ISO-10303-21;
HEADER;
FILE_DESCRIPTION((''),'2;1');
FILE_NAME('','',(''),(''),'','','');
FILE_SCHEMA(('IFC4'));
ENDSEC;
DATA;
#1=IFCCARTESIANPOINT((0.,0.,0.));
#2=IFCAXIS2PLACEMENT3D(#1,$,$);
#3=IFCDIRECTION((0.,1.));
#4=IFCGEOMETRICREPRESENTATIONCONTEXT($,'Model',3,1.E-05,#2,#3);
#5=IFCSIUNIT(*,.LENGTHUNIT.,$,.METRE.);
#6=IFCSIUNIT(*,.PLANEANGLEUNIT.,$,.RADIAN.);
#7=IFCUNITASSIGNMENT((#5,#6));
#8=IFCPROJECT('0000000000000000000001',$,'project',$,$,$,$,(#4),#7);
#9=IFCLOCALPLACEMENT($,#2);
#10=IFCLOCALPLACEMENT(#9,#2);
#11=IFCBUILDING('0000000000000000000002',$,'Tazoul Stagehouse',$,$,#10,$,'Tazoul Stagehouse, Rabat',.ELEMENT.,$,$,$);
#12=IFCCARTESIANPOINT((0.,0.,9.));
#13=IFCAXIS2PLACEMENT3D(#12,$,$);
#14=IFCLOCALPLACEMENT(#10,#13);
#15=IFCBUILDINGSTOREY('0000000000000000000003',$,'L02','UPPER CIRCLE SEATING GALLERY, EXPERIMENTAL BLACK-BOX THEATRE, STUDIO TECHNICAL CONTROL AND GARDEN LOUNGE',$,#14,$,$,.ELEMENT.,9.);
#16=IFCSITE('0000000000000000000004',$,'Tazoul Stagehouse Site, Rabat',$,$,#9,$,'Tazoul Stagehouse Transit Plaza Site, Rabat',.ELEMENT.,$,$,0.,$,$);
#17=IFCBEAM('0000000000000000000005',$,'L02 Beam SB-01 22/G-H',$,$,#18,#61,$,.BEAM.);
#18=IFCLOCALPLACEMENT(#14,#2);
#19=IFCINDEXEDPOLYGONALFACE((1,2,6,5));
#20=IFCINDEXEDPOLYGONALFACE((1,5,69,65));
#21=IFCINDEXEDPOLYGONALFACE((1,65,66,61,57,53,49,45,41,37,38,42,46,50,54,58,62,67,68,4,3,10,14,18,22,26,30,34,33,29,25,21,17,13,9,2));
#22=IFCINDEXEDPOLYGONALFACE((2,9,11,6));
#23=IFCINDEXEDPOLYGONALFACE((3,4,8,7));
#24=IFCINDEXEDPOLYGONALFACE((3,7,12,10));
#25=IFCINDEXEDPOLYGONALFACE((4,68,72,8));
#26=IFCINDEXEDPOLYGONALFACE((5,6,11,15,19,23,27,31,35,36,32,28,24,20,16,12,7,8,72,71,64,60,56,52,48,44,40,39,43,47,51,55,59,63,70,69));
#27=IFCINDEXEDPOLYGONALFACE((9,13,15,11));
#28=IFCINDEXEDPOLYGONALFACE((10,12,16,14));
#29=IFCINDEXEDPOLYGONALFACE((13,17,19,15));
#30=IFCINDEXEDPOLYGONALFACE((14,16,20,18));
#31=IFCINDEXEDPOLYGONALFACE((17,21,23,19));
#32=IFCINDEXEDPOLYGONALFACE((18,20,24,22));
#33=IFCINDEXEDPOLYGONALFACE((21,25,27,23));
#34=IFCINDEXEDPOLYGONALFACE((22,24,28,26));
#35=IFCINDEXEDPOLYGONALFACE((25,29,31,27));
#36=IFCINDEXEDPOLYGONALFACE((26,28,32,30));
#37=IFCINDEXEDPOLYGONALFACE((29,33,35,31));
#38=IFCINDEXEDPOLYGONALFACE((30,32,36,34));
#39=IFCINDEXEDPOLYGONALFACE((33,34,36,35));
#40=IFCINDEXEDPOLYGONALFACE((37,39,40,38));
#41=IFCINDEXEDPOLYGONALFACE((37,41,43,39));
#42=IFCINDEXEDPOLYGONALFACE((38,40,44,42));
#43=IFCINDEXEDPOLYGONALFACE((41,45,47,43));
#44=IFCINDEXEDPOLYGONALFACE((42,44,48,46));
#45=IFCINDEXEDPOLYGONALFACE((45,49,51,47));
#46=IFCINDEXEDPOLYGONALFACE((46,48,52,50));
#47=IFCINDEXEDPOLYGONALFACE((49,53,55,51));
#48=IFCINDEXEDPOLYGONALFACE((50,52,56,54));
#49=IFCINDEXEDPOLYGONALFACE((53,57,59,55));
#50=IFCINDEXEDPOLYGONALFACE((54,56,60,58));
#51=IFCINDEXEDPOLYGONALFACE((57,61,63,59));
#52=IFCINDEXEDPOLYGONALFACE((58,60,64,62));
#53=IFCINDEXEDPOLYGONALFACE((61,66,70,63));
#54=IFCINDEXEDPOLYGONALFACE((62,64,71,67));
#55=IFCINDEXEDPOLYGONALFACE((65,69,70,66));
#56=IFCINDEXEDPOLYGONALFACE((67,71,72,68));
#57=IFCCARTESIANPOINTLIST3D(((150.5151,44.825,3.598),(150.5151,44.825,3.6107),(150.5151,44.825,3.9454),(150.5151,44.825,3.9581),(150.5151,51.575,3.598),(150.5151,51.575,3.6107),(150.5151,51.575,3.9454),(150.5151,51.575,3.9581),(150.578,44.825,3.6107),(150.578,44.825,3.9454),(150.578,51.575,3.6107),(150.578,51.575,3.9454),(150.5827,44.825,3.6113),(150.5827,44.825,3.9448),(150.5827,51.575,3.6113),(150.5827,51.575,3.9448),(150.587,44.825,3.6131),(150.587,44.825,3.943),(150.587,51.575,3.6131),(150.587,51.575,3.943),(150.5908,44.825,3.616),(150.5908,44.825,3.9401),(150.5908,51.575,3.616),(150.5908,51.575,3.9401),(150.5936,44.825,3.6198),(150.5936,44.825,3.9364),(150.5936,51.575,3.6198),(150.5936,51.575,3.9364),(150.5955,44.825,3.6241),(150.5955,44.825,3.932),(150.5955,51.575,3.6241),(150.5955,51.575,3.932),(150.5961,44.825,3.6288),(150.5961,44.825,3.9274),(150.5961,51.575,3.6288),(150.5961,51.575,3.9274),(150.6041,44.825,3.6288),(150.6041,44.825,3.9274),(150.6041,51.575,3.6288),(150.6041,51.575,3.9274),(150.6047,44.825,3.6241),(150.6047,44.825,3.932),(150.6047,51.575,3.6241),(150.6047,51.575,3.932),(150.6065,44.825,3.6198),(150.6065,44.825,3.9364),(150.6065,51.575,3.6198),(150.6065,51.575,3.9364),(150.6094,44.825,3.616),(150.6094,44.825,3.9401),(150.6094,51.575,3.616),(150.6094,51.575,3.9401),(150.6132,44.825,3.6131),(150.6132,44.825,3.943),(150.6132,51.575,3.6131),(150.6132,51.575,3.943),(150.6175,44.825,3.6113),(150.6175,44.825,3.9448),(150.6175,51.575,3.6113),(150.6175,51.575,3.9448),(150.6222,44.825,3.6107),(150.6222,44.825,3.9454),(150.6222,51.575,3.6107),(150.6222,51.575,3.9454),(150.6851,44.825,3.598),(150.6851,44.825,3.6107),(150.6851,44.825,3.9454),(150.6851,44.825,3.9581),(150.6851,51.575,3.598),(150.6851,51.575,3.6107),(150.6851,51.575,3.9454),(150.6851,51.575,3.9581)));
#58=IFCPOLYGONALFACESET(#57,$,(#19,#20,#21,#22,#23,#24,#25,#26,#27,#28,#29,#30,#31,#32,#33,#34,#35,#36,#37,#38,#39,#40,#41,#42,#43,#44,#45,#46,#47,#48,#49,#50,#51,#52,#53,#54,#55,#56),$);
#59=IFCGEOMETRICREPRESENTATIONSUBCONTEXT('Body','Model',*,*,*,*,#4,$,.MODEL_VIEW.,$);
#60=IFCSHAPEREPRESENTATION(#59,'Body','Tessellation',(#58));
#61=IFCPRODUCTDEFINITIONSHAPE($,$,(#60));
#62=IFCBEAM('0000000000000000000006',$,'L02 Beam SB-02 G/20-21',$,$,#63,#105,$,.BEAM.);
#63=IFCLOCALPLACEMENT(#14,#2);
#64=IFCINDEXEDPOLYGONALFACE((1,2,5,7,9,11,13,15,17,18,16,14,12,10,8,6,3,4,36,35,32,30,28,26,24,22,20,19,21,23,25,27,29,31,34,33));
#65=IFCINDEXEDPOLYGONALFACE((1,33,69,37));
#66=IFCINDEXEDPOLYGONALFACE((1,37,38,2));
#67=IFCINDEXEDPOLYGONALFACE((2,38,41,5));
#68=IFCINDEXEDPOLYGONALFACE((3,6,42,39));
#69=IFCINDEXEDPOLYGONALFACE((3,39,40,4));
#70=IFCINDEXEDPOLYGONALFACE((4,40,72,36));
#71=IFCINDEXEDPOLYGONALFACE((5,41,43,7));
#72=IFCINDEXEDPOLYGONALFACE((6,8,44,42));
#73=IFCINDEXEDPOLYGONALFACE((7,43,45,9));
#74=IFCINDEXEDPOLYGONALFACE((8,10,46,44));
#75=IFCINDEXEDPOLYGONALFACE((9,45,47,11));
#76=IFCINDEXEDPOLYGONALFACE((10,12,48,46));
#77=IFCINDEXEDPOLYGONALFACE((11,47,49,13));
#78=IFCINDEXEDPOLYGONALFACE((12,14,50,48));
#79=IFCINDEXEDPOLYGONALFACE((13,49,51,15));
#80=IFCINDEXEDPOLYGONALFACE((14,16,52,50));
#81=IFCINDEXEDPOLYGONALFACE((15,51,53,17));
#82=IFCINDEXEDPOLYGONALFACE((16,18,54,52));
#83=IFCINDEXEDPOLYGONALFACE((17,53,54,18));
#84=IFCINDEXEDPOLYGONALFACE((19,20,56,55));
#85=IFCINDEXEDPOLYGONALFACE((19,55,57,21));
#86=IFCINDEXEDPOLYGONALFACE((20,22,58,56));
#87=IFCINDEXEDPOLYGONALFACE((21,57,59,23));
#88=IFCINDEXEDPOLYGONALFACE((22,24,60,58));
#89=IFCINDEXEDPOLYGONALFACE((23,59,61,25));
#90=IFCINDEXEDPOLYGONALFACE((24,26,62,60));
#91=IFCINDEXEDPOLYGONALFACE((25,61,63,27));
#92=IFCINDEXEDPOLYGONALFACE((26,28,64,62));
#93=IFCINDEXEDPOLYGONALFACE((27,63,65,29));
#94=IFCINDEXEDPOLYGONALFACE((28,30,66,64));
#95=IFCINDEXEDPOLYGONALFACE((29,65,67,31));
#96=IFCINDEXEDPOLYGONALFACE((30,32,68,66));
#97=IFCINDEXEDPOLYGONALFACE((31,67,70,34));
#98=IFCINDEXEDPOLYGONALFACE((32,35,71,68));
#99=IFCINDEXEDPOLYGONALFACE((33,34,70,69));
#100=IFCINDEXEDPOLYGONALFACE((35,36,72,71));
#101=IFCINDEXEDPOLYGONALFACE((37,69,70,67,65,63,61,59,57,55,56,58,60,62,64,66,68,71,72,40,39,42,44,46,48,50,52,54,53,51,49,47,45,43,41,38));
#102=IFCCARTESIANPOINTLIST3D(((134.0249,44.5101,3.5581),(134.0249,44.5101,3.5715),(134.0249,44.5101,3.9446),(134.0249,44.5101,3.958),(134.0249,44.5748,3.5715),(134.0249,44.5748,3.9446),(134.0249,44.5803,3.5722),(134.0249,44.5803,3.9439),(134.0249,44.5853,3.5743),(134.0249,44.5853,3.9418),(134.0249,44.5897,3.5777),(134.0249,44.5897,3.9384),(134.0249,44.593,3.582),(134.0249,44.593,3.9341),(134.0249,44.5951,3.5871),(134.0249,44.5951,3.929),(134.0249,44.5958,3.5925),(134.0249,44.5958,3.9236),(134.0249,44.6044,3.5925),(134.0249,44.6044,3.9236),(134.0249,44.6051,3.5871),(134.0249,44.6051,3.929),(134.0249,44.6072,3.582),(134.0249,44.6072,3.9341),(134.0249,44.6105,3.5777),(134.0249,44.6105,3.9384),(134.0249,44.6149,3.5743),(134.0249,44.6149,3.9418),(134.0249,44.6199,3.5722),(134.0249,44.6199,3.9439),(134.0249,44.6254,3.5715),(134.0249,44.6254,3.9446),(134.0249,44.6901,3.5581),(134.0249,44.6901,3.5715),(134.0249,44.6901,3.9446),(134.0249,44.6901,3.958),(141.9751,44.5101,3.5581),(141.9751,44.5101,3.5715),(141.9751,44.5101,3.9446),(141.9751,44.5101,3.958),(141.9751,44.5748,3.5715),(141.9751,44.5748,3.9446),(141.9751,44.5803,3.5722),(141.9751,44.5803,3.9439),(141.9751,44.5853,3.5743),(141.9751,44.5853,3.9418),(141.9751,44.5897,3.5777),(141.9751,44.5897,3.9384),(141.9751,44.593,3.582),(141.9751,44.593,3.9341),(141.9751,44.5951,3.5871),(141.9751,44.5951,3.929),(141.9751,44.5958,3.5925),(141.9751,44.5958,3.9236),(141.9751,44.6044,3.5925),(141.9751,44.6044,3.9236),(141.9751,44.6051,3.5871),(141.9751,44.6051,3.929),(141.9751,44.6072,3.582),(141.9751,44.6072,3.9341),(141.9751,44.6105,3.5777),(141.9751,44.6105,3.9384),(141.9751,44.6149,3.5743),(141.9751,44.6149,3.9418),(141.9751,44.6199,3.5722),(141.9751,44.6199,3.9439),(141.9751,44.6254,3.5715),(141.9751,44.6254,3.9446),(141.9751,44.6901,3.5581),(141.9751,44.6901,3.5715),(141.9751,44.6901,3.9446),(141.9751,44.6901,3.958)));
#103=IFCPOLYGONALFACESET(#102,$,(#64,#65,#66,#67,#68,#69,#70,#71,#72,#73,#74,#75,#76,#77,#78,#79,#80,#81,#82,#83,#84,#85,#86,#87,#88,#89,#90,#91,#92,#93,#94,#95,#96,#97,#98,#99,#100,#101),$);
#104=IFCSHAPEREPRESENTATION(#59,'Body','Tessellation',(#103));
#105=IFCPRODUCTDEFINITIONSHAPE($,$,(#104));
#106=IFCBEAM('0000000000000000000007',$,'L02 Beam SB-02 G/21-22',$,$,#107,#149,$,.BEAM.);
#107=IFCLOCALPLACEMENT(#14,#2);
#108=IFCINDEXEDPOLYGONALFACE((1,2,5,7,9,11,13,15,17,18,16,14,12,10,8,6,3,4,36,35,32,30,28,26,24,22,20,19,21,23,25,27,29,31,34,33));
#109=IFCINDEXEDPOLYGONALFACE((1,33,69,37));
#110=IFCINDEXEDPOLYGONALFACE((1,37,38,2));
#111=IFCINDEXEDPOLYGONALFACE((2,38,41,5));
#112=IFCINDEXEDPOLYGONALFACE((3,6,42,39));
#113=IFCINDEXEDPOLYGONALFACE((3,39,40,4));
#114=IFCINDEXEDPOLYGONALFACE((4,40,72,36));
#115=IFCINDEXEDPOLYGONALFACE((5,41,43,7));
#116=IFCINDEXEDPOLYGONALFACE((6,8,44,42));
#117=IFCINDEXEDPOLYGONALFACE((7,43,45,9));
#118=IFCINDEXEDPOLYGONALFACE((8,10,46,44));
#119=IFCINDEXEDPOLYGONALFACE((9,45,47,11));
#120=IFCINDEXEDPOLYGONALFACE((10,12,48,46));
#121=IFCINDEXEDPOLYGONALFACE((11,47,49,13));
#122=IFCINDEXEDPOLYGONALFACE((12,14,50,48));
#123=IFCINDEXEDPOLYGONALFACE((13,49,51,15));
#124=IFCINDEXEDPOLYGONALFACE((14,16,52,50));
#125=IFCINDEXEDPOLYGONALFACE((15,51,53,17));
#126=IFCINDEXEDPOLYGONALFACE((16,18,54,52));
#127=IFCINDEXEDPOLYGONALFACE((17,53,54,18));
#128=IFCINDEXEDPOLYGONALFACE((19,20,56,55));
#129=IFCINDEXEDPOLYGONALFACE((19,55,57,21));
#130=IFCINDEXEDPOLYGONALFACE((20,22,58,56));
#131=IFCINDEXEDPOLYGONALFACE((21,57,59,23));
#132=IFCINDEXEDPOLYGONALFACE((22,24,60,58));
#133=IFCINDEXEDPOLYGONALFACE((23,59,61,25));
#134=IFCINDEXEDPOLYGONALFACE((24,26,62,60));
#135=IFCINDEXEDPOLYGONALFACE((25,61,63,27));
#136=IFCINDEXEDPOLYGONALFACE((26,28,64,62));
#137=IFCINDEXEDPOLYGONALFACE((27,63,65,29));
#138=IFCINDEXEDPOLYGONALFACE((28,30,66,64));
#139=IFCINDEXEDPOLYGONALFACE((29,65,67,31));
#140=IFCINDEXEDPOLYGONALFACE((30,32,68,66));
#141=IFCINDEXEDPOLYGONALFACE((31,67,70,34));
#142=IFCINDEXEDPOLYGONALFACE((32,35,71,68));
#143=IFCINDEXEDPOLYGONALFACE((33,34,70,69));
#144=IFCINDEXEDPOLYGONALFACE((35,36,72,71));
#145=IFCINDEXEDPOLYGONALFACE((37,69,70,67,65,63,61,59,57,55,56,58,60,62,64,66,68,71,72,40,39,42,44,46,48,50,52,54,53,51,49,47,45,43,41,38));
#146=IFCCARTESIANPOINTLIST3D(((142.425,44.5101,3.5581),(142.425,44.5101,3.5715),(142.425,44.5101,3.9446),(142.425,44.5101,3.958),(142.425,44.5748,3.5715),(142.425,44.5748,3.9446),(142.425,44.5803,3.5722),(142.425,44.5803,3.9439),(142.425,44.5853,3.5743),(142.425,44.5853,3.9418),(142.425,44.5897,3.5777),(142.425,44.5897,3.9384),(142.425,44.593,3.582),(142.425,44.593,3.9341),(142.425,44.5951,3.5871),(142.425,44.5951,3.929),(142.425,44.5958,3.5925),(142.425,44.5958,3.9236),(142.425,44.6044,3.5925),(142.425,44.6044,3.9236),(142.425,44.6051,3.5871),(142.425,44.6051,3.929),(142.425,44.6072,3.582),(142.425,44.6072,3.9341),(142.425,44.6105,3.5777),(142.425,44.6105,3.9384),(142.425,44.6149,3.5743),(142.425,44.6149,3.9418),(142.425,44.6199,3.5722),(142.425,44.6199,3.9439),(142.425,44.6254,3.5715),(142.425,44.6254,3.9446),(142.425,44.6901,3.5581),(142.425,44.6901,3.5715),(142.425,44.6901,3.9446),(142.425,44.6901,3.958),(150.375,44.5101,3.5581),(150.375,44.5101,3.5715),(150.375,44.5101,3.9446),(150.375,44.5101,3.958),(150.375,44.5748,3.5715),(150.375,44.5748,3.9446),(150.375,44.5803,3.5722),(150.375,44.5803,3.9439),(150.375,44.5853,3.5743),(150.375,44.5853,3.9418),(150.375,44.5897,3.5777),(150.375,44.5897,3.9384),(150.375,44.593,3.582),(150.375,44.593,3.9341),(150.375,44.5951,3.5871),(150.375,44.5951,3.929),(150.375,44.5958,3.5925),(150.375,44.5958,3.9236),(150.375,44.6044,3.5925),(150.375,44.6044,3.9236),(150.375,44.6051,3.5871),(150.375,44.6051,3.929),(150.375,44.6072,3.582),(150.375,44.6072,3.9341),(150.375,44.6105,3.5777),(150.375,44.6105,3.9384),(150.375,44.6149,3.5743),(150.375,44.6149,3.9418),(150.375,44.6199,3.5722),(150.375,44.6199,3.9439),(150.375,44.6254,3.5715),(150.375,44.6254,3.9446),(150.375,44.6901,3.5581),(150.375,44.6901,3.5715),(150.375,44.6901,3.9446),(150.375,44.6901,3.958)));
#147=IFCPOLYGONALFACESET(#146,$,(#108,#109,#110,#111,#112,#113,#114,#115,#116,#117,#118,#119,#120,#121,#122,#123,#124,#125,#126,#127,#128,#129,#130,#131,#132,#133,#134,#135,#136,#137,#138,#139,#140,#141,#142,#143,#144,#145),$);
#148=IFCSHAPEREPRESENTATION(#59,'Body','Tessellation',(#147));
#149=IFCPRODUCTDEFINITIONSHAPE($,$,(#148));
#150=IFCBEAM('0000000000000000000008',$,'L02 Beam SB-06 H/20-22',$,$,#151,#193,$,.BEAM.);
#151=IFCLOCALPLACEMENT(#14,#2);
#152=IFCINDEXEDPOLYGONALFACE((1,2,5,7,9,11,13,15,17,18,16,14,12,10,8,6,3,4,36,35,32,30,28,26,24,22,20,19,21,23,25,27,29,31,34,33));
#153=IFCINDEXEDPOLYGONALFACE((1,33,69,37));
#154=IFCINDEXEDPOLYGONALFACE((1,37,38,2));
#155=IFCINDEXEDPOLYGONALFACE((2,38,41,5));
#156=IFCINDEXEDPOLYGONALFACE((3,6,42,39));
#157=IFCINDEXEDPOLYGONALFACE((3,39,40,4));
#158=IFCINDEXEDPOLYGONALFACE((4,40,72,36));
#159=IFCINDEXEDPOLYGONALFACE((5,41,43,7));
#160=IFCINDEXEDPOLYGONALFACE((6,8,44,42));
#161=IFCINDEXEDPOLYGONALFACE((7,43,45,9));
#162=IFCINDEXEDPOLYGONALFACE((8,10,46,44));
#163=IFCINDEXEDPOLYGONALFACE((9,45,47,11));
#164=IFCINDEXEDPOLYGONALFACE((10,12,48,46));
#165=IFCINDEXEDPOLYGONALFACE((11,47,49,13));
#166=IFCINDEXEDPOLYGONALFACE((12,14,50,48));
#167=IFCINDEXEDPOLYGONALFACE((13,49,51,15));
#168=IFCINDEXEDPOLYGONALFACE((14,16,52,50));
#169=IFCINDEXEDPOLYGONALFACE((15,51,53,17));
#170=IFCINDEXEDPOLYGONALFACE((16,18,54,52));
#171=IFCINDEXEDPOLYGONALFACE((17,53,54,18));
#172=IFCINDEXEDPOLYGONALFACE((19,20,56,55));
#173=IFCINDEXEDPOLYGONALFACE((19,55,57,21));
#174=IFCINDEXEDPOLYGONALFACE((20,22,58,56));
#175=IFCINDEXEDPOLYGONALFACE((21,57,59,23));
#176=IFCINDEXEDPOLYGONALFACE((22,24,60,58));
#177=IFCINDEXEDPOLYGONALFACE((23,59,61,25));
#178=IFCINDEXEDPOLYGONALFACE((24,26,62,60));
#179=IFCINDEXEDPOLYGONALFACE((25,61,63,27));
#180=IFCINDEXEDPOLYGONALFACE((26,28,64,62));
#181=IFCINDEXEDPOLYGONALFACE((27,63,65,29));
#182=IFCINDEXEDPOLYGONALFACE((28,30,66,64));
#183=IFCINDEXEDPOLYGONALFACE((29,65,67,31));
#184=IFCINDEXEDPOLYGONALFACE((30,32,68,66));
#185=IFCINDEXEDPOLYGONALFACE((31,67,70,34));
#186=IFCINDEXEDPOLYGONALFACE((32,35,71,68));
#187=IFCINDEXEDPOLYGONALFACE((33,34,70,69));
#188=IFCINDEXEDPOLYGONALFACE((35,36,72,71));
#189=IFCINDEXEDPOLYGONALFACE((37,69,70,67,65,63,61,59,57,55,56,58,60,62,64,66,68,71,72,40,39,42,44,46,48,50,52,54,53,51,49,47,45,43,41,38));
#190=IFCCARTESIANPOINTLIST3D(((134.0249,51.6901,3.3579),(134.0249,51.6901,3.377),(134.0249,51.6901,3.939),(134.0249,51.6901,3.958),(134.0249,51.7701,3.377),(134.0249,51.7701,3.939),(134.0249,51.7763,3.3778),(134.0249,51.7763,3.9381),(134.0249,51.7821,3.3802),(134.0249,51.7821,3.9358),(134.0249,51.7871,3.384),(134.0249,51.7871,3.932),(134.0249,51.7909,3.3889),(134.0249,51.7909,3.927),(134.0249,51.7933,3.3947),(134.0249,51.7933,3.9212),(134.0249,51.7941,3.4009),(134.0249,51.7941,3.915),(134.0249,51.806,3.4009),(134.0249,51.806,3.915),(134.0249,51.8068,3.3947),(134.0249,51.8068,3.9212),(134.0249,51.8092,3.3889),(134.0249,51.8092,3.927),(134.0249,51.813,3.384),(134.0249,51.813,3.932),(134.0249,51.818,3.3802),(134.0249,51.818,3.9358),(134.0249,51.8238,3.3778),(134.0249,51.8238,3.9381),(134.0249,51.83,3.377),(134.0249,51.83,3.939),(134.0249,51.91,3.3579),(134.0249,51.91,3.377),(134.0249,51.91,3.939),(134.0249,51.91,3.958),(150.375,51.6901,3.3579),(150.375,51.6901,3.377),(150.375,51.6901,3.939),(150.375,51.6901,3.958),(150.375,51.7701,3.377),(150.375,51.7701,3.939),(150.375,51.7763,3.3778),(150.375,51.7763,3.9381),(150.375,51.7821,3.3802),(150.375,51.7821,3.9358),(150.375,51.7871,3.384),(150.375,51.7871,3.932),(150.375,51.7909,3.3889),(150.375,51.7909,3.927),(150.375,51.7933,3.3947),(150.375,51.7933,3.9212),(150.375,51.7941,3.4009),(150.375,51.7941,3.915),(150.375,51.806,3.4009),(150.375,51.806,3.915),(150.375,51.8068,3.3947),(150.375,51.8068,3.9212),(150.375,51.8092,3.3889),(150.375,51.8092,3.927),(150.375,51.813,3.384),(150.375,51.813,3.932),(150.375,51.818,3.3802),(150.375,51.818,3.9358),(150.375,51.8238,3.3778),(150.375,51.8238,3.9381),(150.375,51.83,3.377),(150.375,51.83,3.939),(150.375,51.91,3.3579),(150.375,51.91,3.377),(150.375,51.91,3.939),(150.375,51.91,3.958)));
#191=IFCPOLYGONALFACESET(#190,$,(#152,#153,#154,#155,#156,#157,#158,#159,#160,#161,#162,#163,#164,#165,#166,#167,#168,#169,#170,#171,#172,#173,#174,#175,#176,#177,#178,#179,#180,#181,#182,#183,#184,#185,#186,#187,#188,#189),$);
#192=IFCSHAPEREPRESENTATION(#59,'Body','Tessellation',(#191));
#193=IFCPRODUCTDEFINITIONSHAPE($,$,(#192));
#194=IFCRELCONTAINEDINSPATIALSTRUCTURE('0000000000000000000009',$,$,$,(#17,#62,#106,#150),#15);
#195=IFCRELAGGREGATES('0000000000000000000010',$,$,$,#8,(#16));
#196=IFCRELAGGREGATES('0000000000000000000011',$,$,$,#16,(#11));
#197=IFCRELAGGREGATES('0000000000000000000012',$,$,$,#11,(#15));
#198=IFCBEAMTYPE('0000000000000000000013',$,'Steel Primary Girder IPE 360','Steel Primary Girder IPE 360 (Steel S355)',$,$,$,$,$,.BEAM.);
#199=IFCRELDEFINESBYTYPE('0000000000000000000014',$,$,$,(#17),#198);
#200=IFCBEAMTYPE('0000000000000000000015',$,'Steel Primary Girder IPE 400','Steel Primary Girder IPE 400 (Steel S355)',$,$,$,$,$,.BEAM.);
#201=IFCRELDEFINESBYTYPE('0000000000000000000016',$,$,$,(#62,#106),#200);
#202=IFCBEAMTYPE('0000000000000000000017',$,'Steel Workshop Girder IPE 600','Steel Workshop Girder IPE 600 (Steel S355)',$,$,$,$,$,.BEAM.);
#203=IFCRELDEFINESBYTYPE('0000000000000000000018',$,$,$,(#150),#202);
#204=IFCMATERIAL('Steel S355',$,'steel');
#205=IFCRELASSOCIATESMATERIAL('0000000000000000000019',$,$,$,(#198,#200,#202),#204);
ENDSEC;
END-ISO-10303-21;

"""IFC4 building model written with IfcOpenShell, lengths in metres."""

from ifc_helpers import new_model, si_unit, direction, frame, origin, origin_2d, place, context, subcontext, project, spatial, i_section, extrude, material, material_profile, profile_set, type_object, element, save


model = new_model("IFC4")

# Units and contexts
model_context = context("Model", 3, precision=1e-05, world=origin(), true_north=direction((0.0, 1.0)))
body_context = subcontext(model_context, "Body", "Model", "MODEL_VIEW")
ifc_project = project(units=[si_unit("LENGTHUNIT", "METRE"), si_unit("PLANEANGLEUNIT", "RADIAN")], contexts=[model_context])

# Site, building, storey
site_placement = place(None, origin())
site = spatial("IfcSite", under=ifc_project, at=site_placement, Name="Tazoul Stagehouse Site, Rabat", LongName="Tazoul Stagehouse Transit Plaza Site, Rabat", CompositionType="ELEMENT", RefElevation=0.0)
building_placement = place(site_placement, origin())
building = spatial("IfcBuilding", under=site, at=building_placement, Name="Tazoul Stagehouse", LongName="Tazoul Stagehouse, Rabat", CompositionType="ELEMENT")
storey_placement = place(building_placement, frame((0.0, 0.0, 9.0)))
storey = spatial("IfcBuildingStorey", under=building, at=storey_placement, Name="L02", Description="UPPER CIRCLE SEATING GALLERY, EXPERIMENTAL BLACK-BOX THEATRE, STUDIO TECHNICAL CONTROL AND GARDEN LOUNGE", CompositionType="ELEMENT", Elevation=9.0)

# Beams
ifc_material_1 = material(Name="Steel S355", Category="steel")
ifc_material_profile_1 = material_profile(ifc_material_1, i_section(OverallWidth=0.1699, OverallDepth=0.3601, WebThickness=0.0081, FlangeThickness=0.0127, FilletRadius=0.0181, at=origin_2d()), Name="IPE 360")
ifc_profile_set_1 = profile_set([ifc_material_profile_1], Name="Steel S355")
beam_type_1 = type_object("IfcBeamType", Name="Steel Primary Girder IPE 360", Description="Steel Primary Girder IPE 360 (Steel S355)", PredefinedType="BEAM", material=ifc_profile_set_1)
for number, where, z_axis, x_axis, name in (
    (1, (150.6001, 44.825, 3.7781), (0.0, 1.0, 0.0), (-1.0, 0.0, 0.0), "L02 Beam SB-01 22/G-H"),
):
    element("IfcBeam", number, at=place(storey_placement, frame(where, z_axis=z_axis, x_axis=x_axis)), inside=storey, type_object=beam_type_1, Name=name, PredefinedType="BEAM", context=body_context, shape_type="SweptSolid", body=[
        extrude(i_section(OverallWidth=0.1699, OverallDepth=0.3601, WebThickness=0.0081, FlangeThickness=0.0127, FilletRadius=0.0181, at=origin_2d()), origin(), (0.0, 0.0, 1.0), 6.75),
    ])
ifc_material_profile_2 = material_profile(ifc_material_1, i_section(OverallWidth=0.1799, OverallDepth=0.3999, WebThickness=0.0085, FlangeThickness=0.0134, FilletRadius=0.021, at=origin_2d()), Name="IPE 400")
ifc_profile_set_2 = profile_set([ifc_material_profile_2], Name="Steel S355")
beam_type_2 = type_object("IfcBeamType", Name="Steel Primary Girder IPE 400", Description="Steel Primary Girder IPE 400 (Steel S355)", PredefinedType="BEAM", material=ifc_profile_set_2)
beam_1_placement = place(storey_placement, frame((134.0249, 44.6001, 3.7581), z_axis=(1.0, 0.0, 0.0), x_axis=(0.0, 1.0, 0.0)))
element("IfcBeam", 2, at=beam_1_placement, inside=storey, type_object=beam_type_2, Name="L02 Beam SB-02 G/20-21", PredefinedType="BEAM", context=body_context, shape_type="SweptSolid", body=[
    extrude(i_section(OverallWidth=0.1799, OverallDepth=0.3999, WebThickness=0.0085, FlangeThickness=0.0134, FilletRadius=0.021, at=origin_2d()), origin(), (0.0, 0.0, 1.0), 7.9502),
])
beam_2_placement = place(storey_placement, frame((142.425, 44.6001, 3.7581), z_axis=(1.0, 0.0, 0.0), x_axis=(0.0, 1.0, 0.0)))
element("IfcBeam", 3, at=beam_2_placement, inside=storey, type_object=beam_type_2, Name="L02 Beam SB-02 G/21-22", PredefinedType="BEAM", context=body_context, shape_type="SweptSolid", body=[
    extrude(i_section(OverallWidth=0.1799, OverallDepth=0.3999, WebThickness=0.0085, FlangeThickness=0.0134, FilletRadius=0.021, at=origin_2d()), origin(), (0.0, 0.0, 1.0), 7.95),
])
ifc_material_profile_3 = material_profile(ifc_material_1, i_section(OverallWidth=0.22, OverallDepth=0.6001, WebThickness=0.012, FlangeThickness=0.019, FilletRadius=0.0239, at=origin_2d()), Name="IPE 600")
ifc_profile_set_3 = profile_set([ifc_material_profile_3], Name="Steel S355")
beam_type_3 = type_object("IfcBeamType", Name="Steel Workshop Girder IPE 600", Description="Steel Workshop Girder IPE 600 (Steel S355)", PredefinedType="BEAM", material=ifc_profile_set_3)
beam_3_placement = place(storey_placement, frame((134.0249, 51.8, 3.658), z_axis=(1.0, 0.0, 0.0), x_axis=(0.0, 1.0, 0.0)))
element("IfcBeam", 4, at=beam_3_placement, inside=storey, type_object=beam_type_3, Name="L02 Beam SB-06 H/20-22", PredefinedType="BEAM", context=body_context, shape_type="SweptSolid", body=[
    extrude(i_section(OverallWidth=0.22, OverallDepth=0.6001, WebThickness=0.012, FlangeThickness=0.019, FilletRadius=0.0239, at=origin_2d()), origin(), (0.0, 0.0, 1.0), 16.3501),
])

save(model, "model.ifc")
